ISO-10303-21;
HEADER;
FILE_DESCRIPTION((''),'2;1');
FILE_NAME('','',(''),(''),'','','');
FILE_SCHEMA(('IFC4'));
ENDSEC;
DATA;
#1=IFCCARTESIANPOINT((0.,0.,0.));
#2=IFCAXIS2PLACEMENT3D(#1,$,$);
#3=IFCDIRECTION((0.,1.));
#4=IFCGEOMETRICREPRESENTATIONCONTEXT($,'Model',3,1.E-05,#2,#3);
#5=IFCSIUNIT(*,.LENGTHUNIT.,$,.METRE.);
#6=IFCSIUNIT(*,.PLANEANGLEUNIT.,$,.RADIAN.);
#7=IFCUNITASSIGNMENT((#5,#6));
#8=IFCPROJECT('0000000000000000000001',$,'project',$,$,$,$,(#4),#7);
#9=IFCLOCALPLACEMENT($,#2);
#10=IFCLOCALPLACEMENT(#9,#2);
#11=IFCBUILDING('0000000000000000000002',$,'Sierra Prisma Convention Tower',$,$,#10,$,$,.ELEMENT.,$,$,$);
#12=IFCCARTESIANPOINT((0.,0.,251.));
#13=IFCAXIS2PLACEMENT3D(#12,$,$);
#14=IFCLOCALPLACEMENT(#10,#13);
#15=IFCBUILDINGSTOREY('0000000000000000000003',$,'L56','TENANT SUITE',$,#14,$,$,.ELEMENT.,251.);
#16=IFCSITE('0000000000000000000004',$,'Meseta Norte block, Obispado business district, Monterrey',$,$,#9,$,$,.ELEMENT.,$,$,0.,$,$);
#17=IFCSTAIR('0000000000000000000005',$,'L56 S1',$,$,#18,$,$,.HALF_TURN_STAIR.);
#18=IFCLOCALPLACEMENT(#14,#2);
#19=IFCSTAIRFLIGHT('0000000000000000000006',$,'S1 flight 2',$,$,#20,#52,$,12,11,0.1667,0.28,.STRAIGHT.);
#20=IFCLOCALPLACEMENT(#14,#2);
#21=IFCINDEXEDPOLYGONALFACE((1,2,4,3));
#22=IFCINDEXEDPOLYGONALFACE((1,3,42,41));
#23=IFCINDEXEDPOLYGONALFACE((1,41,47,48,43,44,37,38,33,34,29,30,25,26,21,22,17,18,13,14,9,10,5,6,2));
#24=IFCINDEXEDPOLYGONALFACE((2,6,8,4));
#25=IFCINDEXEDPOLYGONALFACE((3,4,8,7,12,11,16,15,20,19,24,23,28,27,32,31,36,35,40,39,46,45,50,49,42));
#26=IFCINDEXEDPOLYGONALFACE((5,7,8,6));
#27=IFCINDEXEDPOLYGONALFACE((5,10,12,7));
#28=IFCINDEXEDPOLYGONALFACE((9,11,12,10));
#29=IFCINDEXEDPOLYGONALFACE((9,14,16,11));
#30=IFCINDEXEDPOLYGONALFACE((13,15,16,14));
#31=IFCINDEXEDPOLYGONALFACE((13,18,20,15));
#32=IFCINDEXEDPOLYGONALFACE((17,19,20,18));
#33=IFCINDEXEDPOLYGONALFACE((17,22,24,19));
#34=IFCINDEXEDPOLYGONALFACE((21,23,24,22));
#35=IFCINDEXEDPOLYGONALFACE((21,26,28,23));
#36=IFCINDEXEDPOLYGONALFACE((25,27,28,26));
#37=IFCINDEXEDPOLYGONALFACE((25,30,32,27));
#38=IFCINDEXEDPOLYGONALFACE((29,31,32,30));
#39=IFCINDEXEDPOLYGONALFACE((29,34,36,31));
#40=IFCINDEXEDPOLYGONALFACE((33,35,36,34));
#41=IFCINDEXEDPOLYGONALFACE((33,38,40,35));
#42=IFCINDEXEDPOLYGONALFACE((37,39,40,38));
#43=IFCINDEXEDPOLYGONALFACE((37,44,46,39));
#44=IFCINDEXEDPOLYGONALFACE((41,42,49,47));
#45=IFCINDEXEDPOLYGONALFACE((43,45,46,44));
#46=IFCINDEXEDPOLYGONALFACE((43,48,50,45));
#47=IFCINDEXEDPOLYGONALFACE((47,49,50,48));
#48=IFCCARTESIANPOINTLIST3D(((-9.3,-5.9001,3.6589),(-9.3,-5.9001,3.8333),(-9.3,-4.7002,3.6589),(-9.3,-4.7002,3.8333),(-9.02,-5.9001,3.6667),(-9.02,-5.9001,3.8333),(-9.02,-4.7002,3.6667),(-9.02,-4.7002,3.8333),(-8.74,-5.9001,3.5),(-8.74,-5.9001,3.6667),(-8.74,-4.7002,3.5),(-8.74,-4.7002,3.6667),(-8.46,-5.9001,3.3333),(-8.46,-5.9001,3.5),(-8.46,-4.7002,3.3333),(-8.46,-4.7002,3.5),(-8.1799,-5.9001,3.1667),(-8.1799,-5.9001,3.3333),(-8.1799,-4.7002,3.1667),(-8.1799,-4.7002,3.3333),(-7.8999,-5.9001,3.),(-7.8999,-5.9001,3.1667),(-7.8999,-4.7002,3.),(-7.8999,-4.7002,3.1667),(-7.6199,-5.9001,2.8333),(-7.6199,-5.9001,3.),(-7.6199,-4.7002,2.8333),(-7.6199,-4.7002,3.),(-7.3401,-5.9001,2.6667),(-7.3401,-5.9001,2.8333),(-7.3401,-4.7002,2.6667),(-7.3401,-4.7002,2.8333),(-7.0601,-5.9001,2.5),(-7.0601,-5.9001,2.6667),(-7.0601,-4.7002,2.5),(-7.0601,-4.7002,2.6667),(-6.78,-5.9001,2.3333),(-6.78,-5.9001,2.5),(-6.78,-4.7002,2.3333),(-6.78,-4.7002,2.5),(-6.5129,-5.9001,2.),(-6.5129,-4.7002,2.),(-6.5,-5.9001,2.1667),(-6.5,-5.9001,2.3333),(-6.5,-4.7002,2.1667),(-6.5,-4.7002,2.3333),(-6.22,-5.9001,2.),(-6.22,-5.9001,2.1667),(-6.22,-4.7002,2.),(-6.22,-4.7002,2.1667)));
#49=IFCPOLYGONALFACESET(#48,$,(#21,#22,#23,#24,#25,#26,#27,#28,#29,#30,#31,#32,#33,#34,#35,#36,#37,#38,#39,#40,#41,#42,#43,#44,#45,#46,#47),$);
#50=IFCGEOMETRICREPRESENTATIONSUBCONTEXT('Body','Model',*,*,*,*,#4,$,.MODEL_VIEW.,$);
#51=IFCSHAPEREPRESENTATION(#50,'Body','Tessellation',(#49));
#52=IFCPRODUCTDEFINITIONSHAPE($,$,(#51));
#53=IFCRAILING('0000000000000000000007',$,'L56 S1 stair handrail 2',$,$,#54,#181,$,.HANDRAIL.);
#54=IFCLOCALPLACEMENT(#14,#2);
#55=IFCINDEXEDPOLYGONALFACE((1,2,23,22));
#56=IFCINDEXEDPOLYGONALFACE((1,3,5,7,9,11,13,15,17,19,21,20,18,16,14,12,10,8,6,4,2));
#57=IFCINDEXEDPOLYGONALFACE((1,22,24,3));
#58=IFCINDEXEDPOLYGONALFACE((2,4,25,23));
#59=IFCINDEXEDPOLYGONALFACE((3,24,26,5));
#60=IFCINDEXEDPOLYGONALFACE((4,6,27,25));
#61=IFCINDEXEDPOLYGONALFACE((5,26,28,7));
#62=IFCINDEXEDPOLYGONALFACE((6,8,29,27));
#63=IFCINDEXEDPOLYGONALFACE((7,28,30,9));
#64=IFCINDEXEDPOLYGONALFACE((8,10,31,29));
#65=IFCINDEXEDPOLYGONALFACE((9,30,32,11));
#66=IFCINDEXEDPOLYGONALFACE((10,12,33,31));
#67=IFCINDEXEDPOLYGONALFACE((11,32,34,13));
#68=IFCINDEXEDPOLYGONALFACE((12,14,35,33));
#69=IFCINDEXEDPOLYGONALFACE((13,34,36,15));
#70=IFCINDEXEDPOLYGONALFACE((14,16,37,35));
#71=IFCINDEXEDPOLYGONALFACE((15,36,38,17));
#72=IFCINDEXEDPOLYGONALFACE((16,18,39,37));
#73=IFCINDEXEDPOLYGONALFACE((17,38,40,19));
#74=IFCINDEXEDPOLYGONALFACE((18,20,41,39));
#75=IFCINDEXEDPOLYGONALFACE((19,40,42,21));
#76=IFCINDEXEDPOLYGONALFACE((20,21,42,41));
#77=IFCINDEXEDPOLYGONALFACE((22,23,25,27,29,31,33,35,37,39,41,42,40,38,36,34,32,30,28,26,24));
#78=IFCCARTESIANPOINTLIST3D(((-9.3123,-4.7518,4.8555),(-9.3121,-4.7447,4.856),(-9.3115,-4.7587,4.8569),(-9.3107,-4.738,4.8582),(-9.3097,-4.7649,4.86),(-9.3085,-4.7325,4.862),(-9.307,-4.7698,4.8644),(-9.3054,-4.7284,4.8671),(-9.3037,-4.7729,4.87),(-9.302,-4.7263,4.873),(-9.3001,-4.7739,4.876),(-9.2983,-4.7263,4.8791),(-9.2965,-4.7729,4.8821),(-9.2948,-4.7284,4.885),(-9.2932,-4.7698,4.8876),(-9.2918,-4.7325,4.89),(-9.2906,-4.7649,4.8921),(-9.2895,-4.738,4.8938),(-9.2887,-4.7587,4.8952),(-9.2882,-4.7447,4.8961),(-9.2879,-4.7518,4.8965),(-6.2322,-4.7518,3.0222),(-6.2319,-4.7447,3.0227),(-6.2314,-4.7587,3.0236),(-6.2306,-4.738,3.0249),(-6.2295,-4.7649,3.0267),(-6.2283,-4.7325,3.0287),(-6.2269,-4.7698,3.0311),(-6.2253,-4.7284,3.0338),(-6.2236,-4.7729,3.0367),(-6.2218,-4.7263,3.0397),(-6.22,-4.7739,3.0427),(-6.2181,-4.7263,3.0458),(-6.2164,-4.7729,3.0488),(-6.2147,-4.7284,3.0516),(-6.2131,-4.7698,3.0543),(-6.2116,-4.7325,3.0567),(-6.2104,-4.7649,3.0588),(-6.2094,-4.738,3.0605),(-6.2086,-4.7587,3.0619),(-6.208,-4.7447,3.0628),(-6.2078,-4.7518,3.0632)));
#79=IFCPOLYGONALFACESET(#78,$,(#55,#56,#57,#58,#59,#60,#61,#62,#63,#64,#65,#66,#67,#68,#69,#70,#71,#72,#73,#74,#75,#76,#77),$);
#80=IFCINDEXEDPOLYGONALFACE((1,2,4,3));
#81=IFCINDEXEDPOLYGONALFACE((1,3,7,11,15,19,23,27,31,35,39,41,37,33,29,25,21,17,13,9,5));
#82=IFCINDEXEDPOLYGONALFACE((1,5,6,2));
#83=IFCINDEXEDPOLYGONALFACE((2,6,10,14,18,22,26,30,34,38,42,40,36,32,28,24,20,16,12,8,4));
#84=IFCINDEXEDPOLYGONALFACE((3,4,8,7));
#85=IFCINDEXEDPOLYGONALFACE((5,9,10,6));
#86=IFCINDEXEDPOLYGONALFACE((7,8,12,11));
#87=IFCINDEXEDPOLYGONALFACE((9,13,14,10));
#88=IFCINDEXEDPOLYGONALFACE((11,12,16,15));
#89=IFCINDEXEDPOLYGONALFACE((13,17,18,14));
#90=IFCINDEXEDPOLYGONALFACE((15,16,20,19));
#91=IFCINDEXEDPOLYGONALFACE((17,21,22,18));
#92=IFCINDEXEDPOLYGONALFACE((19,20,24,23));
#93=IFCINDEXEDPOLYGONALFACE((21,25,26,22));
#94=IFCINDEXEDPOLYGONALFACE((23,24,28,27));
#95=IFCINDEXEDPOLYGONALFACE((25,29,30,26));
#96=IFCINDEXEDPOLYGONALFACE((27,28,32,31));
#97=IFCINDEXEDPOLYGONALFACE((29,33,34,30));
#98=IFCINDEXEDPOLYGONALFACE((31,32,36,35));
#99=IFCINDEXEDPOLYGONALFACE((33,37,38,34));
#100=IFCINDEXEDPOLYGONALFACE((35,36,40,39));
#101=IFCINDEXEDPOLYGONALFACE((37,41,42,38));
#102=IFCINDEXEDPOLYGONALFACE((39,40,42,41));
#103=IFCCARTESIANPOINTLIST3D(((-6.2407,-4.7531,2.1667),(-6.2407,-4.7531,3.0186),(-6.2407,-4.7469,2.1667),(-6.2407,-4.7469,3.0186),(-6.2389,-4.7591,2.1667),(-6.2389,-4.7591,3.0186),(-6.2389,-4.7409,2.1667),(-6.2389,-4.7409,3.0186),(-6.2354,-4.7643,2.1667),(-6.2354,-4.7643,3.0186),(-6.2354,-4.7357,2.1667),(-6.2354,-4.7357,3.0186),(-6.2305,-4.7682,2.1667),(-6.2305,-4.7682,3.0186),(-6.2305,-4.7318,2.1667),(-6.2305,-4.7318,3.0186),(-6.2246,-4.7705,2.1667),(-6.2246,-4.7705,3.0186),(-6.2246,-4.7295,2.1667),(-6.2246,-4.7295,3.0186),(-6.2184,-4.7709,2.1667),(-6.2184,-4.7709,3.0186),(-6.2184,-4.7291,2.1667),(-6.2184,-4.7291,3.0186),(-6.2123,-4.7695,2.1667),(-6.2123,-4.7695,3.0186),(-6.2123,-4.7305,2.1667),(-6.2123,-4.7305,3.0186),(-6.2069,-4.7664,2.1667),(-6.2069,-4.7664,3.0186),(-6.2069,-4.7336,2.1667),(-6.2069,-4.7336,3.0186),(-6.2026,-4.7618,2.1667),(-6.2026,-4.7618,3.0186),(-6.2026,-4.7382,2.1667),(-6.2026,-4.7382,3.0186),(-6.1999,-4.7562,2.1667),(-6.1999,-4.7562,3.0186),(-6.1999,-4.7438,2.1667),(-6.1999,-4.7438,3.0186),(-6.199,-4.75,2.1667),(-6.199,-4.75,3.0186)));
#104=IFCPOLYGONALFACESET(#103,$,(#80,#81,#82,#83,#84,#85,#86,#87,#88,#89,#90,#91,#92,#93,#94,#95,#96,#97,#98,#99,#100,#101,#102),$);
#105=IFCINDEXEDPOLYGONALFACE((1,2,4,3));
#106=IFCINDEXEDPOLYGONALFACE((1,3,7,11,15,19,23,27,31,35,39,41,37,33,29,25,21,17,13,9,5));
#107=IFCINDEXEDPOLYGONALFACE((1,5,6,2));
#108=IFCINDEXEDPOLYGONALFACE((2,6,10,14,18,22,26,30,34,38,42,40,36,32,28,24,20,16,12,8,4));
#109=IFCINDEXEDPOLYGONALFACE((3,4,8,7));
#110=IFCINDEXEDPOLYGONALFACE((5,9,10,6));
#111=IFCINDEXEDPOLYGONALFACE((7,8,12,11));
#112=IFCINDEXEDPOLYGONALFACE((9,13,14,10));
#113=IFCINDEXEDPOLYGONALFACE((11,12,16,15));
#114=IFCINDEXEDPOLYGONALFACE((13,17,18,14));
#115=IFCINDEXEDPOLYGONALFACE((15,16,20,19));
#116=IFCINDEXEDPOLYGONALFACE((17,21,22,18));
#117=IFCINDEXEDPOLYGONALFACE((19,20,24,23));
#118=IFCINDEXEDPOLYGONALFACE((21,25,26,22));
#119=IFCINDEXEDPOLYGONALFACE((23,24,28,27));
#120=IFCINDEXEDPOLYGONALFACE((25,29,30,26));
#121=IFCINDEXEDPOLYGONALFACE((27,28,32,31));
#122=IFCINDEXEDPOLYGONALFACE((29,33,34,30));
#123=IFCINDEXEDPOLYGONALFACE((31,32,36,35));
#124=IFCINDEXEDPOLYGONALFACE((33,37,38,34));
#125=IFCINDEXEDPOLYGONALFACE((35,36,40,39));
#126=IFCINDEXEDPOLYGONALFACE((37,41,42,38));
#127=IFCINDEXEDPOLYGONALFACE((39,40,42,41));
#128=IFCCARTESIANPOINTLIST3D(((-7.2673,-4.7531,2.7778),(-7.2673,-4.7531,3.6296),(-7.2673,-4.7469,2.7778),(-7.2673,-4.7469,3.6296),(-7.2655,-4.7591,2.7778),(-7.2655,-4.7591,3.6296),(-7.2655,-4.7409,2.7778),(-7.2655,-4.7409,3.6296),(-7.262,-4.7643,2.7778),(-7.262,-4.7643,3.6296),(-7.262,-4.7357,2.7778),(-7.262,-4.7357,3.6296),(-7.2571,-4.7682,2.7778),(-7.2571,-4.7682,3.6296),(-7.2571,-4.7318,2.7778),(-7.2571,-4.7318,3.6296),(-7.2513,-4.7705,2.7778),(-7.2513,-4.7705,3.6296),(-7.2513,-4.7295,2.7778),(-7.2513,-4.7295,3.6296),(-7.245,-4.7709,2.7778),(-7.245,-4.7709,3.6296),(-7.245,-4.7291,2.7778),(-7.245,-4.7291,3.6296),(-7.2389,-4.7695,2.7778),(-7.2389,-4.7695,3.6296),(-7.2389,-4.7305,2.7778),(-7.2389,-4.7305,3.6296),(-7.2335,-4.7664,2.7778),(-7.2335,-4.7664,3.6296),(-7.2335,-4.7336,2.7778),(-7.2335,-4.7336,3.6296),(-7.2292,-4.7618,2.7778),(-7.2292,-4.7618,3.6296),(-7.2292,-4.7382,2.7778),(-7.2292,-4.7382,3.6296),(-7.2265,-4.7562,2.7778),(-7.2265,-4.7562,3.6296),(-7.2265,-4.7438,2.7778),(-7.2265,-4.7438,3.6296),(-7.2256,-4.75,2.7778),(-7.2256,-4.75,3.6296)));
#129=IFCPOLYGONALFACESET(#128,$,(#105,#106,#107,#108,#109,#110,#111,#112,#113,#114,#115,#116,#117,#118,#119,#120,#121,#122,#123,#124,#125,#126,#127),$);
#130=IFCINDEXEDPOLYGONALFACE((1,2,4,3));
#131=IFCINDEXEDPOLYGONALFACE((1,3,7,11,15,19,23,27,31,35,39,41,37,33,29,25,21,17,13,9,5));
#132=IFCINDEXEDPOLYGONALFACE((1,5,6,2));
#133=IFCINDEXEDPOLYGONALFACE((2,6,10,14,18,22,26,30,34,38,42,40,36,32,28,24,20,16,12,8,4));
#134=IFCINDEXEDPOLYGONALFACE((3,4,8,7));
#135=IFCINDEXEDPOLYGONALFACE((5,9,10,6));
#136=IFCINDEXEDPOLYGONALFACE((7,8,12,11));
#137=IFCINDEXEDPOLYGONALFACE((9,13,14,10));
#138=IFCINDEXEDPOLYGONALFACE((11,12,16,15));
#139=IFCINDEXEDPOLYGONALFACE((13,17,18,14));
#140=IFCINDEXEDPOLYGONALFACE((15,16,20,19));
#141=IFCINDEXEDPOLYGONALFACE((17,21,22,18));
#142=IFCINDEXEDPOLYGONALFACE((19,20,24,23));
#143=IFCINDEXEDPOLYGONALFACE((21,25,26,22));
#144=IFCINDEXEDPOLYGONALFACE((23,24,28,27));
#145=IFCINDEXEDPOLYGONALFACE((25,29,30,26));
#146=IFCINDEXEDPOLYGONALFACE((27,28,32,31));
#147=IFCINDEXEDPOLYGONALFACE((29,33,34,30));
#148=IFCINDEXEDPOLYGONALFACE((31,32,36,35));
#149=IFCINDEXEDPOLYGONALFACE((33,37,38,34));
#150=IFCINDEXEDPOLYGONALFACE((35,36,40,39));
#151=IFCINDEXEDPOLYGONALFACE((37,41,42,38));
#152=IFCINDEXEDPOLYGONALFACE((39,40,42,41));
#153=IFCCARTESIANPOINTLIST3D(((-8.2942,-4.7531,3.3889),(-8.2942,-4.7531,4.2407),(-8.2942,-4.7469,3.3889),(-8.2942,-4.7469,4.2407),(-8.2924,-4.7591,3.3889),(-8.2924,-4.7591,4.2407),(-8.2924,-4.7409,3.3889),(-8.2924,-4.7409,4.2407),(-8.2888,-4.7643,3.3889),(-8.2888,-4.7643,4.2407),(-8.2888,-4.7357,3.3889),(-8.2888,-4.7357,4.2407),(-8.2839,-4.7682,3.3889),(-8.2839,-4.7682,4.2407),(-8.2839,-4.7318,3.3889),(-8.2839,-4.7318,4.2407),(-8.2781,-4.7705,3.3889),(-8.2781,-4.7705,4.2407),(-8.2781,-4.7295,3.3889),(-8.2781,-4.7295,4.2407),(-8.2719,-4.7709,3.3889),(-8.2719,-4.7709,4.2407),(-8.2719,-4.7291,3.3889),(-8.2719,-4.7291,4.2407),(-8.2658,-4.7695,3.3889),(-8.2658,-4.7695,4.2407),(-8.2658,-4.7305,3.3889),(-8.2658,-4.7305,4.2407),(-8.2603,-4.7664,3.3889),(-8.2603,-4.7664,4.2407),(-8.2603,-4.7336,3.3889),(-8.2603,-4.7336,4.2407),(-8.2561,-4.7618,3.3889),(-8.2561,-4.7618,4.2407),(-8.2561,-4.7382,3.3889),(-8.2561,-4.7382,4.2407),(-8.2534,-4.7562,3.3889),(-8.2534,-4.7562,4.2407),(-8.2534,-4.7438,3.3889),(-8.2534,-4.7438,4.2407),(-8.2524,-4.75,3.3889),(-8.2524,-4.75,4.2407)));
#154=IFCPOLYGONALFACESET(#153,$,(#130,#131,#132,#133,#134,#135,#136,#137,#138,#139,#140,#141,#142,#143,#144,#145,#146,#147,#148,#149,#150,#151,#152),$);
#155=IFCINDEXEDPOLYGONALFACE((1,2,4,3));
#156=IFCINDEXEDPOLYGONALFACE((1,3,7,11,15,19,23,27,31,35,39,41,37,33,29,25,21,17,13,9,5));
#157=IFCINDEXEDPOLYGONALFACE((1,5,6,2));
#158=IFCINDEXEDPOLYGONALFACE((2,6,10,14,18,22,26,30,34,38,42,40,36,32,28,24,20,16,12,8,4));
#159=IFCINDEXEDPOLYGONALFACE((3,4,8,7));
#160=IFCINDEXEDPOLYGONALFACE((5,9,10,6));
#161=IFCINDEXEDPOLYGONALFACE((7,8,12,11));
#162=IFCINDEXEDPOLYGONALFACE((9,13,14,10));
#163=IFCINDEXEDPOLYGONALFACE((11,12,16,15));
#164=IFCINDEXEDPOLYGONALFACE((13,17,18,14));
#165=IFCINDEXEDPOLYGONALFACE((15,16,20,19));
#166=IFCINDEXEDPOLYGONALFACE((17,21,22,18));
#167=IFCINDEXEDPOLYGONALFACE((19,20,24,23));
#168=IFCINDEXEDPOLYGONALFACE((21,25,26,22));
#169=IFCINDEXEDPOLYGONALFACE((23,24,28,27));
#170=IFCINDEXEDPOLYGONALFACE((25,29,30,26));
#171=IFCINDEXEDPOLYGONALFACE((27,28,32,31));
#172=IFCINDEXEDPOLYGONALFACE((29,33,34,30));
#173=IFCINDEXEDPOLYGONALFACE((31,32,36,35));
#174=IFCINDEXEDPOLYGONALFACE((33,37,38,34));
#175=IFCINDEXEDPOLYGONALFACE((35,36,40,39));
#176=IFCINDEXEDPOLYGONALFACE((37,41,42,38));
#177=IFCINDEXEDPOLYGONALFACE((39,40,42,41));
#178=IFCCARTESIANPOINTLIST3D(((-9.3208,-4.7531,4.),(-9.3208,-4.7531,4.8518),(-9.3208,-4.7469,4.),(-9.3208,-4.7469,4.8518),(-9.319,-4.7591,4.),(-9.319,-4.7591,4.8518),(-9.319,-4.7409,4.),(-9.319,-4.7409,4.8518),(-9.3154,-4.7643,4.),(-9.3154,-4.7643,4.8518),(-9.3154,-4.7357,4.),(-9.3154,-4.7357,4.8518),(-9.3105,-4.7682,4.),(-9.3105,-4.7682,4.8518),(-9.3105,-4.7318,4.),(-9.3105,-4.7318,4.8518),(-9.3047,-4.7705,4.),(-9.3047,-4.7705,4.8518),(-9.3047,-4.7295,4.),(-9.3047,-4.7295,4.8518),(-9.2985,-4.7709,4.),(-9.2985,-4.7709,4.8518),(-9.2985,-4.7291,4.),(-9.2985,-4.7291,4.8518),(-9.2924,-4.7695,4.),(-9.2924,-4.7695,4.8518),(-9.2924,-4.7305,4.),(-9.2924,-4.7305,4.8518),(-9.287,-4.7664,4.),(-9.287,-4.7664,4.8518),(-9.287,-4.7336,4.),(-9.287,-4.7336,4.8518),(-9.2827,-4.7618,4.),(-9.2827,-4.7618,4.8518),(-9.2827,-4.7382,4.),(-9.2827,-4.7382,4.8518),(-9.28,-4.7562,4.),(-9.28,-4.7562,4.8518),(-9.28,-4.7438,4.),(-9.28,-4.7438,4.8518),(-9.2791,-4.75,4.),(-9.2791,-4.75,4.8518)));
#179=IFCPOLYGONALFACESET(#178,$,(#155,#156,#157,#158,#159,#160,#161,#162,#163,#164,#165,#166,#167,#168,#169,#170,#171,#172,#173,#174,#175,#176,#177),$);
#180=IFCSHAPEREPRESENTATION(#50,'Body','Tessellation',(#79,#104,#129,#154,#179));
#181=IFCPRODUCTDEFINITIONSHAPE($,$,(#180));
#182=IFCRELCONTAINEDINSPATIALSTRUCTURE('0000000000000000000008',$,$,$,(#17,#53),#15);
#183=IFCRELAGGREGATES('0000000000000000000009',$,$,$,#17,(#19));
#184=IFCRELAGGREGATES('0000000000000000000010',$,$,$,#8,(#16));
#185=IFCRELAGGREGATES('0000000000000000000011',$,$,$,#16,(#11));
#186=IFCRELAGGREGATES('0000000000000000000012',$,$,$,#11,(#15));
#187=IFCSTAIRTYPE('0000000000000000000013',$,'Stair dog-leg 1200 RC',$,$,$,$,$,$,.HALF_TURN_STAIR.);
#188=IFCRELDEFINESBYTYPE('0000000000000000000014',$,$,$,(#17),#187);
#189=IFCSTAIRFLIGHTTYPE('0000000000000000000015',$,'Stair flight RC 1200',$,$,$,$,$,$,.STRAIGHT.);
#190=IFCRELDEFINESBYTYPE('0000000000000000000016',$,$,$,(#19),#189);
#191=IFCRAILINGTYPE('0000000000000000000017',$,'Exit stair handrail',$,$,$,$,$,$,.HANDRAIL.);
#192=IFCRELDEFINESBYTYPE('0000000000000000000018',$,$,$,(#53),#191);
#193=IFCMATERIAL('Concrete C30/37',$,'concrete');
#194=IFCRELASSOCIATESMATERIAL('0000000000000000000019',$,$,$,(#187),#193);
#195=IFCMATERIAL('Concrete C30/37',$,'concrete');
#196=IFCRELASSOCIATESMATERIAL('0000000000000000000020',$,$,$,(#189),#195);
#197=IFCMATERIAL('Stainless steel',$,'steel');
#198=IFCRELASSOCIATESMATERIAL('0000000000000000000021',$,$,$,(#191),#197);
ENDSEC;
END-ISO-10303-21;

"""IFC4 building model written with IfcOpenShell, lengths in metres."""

from ifc_helpers import new_model, si_unit, direction, frame, origin, origin_2d, place, context, subcontext, project, spatial, polyline, circle, outline, extrude, material, type_object, element, aggregate, save


model = new_model("IFC4")

# Units and contexts
model_context = context("Model", 3, precision=1e-05, world=origin(), true_north=direction((0.0, 1.0)))
body_context = subcontext(model_context, "Body", "Model", "MODEL_VIEW")
ifc_project = project(units=[si_unit("LENGTHUNIT", "METRE"), si_unit("PLANEANGLEUNIT", "RADIAN")], contexts=[model_context])

# Site, building, storey
site_placement = place(None, origin())
site = spatial("IfcSite", under=ifc_project, at=site_placement, Name="Meseta Norte block, Obispado business district, Monterrey", CompositionType="ELEMENT", RefElevation=0.0)
building_placement = place(site_placement, origin())
building = spatial("IfcBuilding", under=site, at=building_placement, Name="Sierra Prisma Convention Tower", CompositionType="ELEMENT")
storey_placement = place(building_placement, frame((0.0, 0.0, 251.0)))
storey = spatial("IfcBuildingStorey", under=building, at=storey_placement, Name="L56", Description="TENANT SUITE", CompositionType="ELEMENT", Elevation=251.0)

# Stair, stair flight
ifc_material_1 = material(Name="Concrete C30/37", Category="concrete")
stair_type = type_object("IfcStairType", Name="Stair dog-leg 1200 RC", PredefinedType="HALF_TURN_STAIR", material=ifc_material_1)
stair_placement = place(storey_placement, origin())
stair = element("IfcStair", 1, at=stair_placement, inside=storey, type_object=stair_type, Name="L56 S1", PredefinedType="HALF_TURN_STAIR")
ifc_material_2 = material(Name="Concrete C30/37", Category="concrete")
stair_flight_type = type_object("IfcStairFlightType", Name="Stair flight RC 1200", PredefinedType="STRAIGHT", material=ifc_material_2)
stair_flight_placement = place(storey_placement, frame((-6.22, -5.3, 2.0), z_axis=(0.0, 0.0, 1.0), x_axis=(-1.0, 0.0, 0.0)))
stair_flight = element("IfcStairFlight", 2, at=stair_flight_placement, type_object=stair_flight_type, Name="S1 flight 2", NumberOfRisers=12, NumberOfTreads=11, PredefinedType="STRAIGHT", RiserHeight=0.1667, TreadLength=0.28, context=body_context, shape_type="SweptSolid", body=[
    extrude(outline(polyline([(0.0, 0.0), (0.0, 0.1667), (0.28, 0.1667), (0.28, 0.3333), (0.5601, 0.3333), (0.5601, 0.5), (0.8401, 0.5), (0.8401, 0.6667), (1.1201, 0.6667), (1.1201, 0.8333), (1.3999, 0.8333), (1.3999, 1.0), (1.6799, 1.0), (1.6799, 1.1667), (1.96, 1.1667), (1.96, 1.3333), (2.24, 1.3333), (2.24, 1.5), (2.52, 1.5), (2.52, 1.6667), (2.8, 1.6667), (2.8, 1.8333), (3.0801, 1.8333), (3.0801, 2.0), (3.0801, 1.6589), (0.293, 0.0), (0.0, 0.0)])), frame((0.0, 0.6001, 0.0), z_axis=(0.0, -1.0, 0.0), x_axis=(1.0, 0.0, 0.0)), (0.0, 0.0, 1.0), 1.2),
])
aggregate(stair, [stair_flight])

# Railing
ifc_material_3 = material(Name="Stainless steel", Category="steel")
railing_type_1 = type_object("IfcRailingType", Name="Exit stair handrail", PredefinedType="HANDRAIL", material=ifc_material_3)
railing_1_placement = place(storey_placement, frame((-6.22, -4.75, 2.1667)))
element("IfcRailing", 3, at=railing_1_placement, inside=storey, type_object=railing_type_1, Name="L56 S1 stair handrail 2", PredefinedType="HANDRAIL", context=body_context, shape_type="SweptSolid", body=[
    extrude(circle(Radius=0.0239, at=origin_2d()), frame((0.0, 0.0, 0.876), z_axis=(-0.859309, 0.0, 0.511458), x_axis=(0.0, -1.0, 0.0)), (0.0, 0.0, 1.0), 3.5845),
    extrude(circle(Radius=0.021, at=origin_2d()), origin(), (0.0, 0.0, 1.0), 0.8518),
    extrude(circle(Radius=0.021, at=origin_2d()), frame((-1.0266, 0.0, 0.6111)), (0.0, 0.0, 1.0), 0.8518),
    extrude(circle(Radius=0.021, at=origin_2d()), frame((-2.0535, 0.0, 1.2222)), (0.0, 0.0, 1.0), 0.8518),
    extrude(circle(Radius=0.021, at=origin_2d()), frame((-3.0801, 0.0, 1.8333)), (0.0, 0.0, 1.0), 0.8518),
])

save(model, "model.ifc")
